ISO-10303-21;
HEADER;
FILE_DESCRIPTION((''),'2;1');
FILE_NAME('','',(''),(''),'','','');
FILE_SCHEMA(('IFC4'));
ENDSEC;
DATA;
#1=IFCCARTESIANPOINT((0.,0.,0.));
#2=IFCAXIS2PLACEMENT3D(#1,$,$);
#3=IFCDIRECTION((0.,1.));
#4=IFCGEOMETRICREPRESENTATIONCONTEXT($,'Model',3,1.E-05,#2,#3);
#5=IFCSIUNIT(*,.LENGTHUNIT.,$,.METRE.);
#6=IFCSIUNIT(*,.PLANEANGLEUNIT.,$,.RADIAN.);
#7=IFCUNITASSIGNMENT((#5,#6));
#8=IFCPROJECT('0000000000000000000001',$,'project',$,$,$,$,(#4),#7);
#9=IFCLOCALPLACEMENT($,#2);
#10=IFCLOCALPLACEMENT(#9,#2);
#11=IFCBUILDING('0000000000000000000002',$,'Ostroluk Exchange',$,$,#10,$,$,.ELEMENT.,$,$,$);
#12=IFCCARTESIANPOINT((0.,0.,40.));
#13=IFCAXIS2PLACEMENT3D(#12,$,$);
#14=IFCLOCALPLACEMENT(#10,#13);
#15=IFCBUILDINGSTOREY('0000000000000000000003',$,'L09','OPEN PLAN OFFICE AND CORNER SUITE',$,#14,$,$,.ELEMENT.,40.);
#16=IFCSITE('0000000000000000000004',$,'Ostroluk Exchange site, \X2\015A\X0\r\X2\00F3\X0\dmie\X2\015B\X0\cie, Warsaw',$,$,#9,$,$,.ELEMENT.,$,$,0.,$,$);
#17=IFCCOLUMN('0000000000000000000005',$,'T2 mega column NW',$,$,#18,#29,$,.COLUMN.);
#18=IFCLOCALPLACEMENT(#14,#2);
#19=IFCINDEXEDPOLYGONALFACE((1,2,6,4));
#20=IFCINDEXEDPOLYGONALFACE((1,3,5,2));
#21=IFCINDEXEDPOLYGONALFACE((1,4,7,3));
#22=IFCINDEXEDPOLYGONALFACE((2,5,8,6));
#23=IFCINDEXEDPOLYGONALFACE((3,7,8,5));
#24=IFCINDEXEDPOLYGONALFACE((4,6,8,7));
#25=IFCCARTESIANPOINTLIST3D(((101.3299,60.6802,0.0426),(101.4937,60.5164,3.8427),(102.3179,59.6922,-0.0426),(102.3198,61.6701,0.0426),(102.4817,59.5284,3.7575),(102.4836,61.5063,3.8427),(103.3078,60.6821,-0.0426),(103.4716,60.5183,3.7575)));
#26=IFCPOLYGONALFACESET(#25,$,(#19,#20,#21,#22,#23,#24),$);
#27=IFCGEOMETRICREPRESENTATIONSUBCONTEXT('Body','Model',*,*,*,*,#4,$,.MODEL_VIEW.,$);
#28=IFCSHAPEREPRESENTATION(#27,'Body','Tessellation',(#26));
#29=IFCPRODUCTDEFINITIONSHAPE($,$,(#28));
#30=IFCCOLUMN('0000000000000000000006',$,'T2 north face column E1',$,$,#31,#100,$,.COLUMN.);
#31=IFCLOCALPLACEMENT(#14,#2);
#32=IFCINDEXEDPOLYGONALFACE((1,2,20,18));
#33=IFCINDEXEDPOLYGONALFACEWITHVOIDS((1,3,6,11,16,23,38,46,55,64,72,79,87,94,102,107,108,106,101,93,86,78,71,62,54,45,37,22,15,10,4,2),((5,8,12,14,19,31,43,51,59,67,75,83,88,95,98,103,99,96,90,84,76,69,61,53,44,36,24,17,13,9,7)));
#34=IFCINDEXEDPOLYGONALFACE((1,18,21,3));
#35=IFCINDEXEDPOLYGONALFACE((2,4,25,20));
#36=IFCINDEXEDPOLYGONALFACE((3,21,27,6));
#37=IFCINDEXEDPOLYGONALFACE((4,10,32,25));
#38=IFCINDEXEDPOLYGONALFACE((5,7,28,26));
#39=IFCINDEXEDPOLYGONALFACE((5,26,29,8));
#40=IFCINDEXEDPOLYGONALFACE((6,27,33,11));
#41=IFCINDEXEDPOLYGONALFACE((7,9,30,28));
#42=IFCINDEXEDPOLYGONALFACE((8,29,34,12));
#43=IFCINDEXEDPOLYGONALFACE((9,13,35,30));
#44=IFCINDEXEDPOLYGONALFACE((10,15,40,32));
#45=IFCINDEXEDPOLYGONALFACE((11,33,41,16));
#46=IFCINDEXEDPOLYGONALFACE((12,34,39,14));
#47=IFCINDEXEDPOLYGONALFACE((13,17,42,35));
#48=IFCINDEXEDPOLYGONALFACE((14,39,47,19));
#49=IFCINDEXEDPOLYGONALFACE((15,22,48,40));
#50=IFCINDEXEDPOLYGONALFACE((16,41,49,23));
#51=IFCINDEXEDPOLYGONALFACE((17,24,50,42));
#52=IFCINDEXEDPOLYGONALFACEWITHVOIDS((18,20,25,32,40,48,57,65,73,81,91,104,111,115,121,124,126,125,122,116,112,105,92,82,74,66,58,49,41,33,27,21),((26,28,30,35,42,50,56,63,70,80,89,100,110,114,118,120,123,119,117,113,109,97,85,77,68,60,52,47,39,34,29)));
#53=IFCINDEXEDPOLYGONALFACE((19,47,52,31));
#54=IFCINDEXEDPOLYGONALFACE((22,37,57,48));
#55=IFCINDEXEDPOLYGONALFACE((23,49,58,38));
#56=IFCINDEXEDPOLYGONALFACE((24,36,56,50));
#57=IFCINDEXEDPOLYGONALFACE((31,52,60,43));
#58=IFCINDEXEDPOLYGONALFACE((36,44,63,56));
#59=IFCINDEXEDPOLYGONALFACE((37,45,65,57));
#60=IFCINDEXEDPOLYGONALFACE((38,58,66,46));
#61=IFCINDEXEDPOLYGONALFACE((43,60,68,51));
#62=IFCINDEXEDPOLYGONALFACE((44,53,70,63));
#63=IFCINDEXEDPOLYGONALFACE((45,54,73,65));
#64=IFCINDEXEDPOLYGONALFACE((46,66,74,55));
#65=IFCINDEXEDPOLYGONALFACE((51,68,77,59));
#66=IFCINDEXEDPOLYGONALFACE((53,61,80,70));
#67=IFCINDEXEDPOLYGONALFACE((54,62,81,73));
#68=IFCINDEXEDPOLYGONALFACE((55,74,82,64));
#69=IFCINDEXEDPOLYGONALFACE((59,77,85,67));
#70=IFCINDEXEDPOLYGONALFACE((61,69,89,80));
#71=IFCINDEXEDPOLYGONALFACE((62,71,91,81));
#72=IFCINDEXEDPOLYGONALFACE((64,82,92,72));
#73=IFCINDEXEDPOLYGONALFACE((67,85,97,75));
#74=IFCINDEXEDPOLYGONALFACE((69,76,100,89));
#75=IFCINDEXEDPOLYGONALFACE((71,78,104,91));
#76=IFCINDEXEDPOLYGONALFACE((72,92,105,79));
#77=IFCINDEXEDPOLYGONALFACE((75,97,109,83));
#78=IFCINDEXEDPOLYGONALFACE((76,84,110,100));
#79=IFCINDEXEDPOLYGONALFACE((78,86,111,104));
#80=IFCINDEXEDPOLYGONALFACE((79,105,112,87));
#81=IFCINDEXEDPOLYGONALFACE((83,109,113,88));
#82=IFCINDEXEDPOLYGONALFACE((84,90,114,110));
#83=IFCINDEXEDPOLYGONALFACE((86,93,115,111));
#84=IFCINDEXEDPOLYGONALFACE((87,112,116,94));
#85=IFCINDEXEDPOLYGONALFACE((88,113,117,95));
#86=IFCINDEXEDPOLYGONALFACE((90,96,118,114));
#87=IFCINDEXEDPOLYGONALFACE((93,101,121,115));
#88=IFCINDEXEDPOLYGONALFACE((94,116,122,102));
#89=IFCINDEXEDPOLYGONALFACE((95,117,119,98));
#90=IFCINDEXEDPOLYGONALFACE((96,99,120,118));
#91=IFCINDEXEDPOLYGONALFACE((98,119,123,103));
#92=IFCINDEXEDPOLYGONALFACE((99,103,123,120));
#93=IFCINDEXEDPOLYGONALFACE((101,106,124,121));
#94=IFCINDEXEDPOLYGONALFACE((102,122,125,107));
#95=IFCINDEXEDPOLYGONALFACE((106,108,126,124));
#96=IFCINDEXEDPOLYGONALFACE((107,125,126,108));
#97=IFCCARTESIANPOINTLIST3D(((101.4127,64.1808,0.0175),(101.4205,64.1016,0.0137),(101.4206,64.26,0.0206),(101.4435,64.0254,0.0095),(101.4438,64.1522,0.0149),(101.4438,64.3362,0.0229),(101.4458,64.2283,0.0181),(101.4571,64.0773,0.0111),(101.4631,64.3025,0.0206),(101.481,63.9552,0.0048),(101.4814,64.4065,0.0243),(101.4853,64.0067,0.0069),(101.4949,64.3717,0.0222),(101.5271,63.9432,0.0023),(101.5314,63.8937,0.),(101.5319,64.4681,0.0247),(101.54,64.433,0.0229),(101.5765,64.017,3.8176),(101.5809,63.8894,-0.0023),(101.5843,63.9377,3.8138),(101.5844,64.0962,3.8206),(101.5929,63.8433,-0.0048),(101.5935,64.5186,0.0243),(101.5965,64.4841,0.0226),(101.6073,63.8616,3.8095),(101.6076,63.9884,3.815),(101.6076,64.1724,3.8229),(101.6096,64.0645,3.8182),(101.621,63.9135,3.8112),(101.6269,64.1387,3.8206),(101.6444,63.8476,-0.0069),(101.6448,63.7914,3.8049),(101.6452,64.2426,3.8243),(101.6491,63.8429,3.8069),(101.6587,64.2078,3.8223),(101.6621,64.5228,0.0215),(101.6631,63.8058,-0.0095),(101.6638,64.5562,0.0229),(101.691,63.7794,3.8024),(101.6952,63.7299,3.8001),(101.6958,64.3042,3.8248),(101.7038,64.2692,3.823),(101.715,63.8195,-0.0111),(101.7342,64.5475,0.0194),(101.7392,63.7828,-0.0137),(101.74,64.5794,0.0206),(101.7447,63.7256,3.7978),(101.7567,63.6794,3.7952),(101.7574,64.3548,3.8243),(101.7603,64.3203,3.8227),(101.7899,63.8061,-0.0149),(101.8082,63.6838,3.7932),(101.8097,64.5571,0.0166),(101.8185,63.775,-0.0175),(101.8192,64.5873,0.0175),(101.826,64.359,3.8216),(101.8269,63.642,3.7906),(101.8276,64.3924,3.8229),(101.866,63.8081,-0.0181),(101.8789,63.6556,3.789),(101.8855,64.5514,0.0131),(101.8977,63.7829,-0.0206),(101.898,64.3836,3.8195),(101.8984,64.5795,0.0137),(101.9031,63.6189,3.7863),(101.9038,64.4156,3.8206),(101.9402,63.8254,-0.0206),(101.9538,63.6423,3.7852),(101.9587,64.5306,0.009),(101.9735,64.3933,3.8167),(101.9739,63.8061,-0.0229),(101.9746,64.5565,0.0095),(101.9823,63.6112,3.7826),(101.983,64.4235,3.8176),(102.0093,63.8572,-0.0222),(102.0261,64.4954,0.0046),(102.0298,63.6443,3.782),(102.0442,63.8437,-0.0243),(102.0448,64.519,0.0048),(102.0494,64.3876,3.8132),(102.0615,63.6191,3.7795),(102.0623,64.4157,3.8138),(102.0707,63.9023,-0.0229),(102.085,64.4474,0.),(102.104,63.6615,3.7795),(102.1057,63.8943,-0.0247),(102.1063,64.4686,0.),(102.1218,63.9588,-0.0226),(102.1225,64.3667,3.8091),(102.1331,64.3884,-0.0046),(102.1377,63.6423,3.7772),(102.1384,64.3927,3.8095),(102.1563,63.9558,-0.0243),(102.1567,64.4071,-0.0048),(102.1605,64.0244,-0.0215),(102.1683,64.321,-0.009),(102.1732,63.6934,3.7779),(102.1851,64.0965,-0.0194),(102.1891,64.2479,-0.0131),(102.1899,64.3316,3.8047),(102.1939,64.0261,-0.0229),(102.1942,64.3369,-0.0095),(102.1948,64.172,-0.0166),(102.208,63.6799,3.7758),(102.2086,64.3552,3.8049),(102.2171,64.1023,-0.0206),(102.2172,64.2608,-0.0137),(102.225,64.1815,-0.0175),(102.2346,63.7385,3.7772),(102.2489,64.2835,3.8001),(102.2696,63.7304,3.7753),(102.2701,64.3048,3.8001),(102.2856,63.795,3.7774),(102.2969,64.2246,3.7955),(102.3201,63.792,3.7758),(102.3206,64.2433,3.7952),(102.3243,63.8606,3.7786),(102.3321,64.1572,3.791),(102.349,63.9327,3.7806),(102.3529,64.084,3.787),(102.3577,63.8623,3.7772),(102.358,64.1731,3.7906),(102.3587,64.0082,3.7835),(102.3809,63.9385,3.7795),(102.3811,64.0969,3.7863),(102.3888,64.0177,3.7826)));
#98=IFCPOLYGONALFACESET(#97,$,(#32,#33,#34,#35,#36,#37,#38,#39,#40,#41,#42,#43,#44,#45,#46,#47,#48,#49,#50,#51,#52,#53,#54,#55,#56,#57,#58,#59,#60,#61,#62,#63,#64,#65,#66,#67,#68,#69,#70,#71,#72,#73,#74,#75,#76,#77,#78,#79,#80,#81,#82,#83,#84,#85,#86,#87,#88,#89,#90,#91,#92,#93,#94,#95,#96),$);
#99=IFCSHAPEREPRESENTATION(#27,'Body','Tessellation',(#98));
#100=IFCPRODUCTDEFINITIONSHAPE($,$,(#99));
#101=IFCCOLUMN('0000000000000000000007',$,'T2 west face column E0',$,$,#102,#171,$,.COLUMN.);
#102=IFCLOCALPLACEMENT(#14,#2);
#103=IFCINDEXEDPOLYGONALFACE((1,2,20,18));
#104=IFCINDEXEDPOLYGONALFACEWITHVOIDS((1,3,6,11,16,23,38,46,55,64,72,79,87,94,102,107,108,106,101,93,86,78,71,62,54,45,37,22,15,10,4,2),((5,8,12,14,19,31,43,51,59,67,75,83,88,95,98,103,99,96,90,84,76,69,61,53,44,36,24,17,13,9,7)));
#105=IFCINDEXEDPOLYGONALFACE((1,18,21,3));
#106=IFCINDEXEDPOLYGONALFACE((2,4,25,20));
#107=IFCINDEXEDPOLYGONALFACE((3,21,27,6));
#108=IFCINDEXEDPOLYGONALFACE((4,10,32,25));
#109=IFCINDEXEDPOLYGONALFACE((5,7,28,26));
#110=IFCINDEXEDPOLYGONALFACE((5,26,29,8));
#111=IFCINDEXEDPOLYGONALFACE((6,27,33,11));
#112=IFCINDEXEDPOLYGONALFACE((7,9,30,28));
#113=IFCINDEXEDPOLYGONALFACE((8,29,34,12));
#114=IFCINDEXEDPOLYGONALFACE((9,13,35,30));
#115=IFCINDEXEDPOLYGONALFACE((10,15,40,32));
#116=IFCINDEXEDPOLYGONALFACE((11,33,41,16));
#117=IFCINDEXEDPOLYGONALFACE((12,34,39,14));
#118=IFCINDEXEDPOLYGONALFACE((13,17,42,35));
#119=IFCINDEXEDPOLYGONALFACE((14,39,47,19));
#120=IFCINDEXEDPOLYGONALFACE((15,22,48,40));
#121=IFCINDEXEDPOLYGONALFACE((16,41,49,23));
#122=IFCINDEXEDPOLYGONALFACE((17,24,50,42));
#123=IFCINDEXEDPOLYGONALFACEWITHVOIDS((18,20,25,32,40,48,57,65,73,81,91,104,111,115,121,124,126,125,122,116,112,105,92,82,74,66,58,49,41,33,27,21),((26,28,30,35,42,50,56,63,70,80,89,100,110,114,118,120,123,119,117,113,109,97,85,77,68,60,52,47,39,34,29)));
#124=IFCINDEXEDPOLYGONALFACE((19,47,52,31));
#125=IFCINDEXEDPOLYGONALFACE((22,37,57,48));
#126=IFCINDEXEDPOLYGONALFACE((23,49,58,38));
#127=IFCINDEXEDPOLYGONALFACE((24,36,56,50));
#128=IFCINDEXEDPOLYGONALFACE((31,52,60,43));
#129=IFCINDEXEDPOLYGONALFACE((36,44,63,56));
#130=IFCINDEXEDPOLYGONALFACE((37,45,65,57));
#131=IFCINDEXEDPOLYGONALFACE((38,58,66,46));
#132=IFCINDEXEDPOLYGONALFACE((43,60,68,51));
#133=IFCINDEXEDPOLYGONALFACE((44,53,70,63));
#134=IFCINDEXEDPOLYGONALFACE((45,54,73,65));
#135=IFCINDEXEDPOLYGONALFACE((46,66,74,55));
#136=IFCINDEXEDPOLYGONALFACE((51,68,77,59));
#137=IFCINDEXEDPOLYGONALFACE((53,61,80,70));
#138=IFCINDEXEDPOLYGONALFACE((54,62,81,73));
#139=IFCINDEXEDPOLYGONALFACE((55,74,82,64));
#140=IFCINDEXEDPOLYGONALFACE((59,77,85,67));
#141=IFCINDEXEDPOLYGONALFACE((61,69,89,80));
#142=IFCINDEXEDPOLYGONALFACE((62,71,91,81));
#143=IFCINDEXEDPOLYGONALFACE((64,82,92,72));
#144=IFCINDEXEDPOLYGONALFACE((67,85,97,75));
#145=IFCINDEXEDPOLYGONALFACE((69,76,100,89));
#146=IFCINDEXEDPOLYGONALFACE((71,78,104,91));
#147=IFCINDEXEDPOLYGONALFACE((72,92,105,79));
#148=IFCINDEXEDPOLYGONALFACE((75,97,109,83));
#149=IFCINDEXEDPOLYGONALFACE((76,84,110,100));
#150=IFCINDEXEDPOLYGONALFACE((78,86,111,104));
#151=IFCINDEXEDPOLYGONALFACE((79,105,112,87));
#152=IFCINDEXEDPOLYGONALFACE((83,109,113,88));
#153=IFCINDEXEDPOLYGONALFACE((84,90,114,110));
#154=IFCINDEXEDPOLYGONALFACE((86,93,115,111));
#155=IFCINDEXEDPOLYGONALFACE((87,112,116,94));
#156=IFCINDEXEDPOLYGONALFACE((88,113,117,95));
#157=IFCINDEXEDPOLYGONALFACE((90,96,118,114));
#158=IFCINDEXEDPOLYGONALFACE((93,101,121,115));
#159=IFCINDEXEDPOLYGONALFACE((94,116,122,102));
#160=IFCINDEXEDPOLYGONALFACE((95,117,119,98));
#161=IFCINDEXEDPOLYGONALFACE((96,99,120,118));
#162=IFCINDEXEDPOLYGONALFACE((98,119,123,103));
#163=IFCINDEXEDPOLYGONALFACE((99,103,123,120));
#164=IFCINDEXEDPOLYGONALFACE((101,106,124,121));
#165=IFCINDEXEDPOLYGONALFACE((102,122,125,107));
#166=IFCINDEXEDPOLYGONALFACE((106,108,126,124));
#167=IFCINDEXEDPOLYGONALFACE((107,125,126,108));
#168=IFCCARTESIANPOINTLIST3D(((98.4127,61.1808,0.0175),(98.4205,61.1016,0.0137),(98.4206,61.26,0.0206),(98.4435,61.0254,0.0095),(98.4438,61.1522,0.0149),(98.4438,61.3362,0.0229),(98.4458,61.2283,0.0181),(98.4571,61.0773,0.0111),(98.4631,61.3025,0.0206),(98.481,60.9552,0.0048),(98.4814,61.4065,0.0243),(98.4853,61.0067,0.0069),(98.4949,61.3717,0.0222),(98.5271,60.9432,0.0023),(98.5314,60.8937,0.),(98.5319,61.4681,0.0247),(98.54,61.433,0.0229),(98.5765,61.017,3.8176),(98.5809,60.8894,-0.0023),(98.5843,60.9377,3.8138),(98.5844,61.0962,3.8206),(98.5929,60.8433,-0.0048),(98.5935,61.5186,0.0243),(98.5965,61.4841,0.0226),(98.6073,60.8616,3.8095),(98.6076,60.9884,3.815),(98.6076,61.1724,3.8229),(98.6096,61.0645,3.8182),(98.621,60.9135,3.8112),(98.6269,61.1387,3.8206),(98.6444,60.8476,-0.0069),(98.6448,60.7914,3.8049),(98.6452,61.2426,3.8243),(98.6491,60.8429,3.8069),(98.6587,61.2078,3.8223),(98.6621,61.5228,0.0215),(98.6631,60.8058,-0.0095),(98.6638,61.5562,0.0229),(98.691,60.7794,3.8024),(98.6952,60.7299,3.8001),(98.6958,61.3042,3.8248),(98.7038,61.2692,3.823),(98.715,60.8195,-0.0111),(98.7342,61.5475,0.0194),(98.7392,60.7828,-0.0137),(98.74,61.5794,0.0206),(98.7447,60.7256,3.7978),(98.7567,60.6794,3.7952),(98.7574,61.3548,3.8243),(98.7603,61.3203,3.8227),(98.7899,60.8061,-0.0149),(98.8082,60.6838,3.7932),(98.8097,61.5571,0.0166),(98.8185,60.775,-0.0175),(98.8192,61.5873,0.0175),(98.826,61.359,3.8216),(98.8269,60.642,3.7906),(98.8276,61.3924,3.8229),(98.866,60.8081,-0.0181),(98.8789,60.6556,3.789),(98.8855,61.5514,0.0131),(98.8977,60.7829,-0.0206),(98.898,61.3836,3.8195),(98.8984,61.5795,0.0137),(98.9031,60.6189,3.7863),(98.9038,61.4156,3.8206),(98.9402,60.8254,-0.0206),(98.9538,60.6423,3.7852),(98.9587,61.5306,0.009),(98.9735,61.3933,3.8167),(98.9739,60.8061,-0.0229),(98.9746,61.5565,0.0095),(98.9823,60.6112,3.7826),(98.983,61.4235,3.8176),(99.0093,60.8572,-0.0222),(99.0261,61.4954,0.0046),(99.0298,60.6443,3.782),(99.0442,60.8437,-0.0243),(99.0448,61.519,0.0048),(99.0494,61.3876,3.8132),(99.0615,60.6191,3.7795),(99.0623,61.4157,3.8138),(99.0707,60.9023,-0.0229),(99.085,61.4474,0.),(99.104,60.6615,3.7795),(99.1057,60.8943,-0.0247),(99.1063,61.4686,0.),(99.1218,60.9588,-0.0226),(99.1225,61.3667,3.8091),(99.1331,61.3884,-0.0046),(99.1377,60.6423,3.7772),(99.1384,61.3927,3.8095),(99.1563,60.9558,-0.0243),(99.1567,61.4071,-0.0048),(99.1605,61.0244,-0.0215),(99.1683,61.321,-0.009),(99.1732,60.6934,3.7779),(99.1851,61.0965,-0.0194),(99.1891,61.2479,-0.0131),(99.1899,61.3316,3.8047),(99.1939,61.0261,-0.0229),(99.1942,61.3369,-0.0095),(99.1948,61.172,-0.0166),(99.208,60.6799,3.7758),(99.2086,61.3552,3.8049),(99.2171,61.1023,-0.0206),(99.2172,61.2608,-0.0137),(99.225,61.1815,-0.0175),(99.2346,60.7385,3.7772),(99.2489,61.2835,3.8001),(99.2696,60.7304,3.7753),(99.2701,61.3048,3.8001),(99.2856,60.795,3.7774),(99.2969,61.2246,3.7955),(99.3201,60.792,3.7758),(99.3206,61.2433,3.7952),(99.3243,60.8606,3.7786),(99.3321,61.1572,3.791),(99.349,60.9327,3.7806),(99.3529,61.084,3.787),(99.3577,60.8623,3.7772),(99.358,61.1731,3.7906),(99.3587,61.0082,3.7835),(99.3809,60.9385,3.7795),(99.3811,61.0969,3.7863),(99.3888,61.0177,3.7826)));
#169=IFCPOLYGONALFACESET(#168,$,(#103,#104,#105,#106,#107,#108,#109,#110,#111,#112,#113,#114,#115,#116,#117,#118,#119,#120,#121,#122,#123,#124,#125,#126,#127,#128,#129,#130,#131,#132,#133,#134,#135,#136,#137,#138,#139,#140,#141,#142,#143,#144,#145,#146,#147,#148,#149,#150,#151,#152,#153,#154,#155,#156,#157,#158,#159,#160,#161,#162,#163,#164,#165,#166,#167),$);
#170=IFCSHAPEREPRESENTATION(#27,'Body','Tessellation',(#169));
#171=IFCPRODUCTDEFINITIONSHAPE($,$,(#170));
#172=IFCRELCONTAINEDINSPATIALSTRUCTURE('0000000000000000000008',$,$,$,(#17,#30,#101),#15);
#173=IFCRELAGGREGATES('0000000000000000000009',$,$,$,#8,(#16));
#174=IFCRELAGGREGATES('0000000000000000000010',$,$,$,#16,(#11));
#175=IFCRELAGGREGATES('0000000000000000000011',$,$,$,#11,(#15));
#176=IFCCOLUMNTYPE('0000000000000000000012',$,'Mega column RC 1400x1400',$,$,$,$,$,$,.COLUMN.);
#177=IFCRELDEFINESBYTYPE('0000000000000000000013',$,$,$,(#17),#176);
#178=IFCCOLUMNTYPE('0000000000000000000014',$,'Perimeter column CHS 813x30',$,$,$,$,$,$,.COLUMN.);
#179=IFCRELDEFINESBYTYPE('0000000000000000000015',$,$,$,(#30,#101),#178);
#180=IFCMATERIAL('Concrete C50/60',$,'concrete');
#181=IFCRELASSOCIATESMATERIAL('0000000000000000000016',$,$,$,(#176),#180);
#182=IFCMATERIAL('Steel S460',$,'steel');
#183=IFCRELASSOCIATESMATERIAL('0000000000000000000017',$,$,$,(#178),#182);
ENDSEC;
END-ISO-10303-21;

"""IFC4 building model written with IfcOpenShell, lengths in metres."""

from ifc_helpers import new_model, si_unit, direction, frame, origin, origin_2d, place, context, subcontext, project, spatial, rectangle, hollow_circle, extrude, material, material_profile, profile_set, type_object, element, save


model = new_model("IFC4")

# Units and contexts
model_context = context("Model", 3, precision=1e-05, world=origin(), true_north=direction((0.0, 1.0)))
body_context = subcontext(model_context, "Body", "Model", "MODEL_VIEW")
ifc_project = project(units=[si_unit("LENGTHUNIT", "METRE"), si_unit("PLANEANGLEUNIT", "RADIAN")], contexts=[model_context])

# Site, building, storey
site_placement = place(None, origin())
site = spatial("IfcSite", under=ifc_project, at=site_placement, Name="Ostroluk Exchange site, Śródmieście, Warsaw", CompositionType="ELEMENT", RefElevation=0.0)
building_placement = place(site_placement, origin())
building = spatial("IfcBuilding", under=site, at=building_placement, Name="Ostroluk Exchange", CompositionType="ELEMENT")
storey_placement = place(building_placement, frame((0.0, 0.0, 40.0)))
storey = spatial("IfcBuildingStorey", under=building, at=storey_placement, Name="L09", Description="OPEN PLAN OFFICE AND CORNER SUITE", CompositionType="ELEMENT", Elevation=40.0)

# Columns
ifc_material_1 = material(Name="Concrete C50/60", Category="concrete")
ifc_material_profile_1 = material_profile(ifc_material_1, rectangle(XDim=1.3999, YDim=1.3999, at=origin_2d()), Name="RC 1400x1400")
ifc_profile_set_1 = profile_set([ifc_material_profile_1], Name="Concrete C50/60")
column_type_1 = type_object("IfcColumnType", Name="Mega column RC 1400x1400", PredefinedType="COLUMN", material=ifc_profile_set_1)
column_placement = place(storey_placement, frame((102.3188, 60.6812, 0.0), z_axis=(0.04303, -0.04303, 0.998147), x_axis=(0.707107, 0.707107, 0.0)))
element("IfcColumn", 1, at=column_placement, inside=storey, type_object=column_type_1, Name="T2 mega column NW", PredefinedType="COLUMN", context=body_context, shape_type="SweptSolid", body=[
    extrude(rectangle(XDim=1.3999, YDim=1.3999, at=origin_2d()), origin(), (0.0, 0.0, 1.0), 3.8071),
])
ifc_material_2 = material(Name="Steel S460", Category="steel")
ifc_material_profile_2 = material_profile(ifc_material_2, hollow_circle(Radius=0.4065, WallThickness=0.03, at=origin_2d()), Name="CHS 813x30")
ifc_profile_set_2 = profile_set([ifc_material_profile_2], Name="Steel S460")
column_type_2 = type_object("IfcColumnType", Name="Perimeter column CHS 813x30", PredefinedType="COLUMN", material=ifc_profile_set_2)
for number, where, z_axis, x_axis, name in (
    (2, (101.8188, 64.1812, 0.0), (0.04303, -0.04303, 0.998147), (0.707107, 0.707107, 0.0), "T2 north face column E1"),
    (3, (98.8188, 61.1812, 0.0), (0.04303, -0.04303, 0.998147), (0.707107, 0.707107, 0.0), "T2 west face column E0"),
):
    element("IfcColumn", number, at=place(storey_placement, frame(where, z_axis=z_axis, x_axis=x_axis)), inside=storey, type_object=column_type_2, Name=name, PredefinedType="COLUMN", context=body_context, shape_type="SweptSolid", body=[
        extrude(hollow_circle(Radius=0.4065, WallThickness=0.03, at=origin_2d()), origin(), (0.0, 0.0, 1.0), 3.8071),
    ])

save(model, "model.ifc")
